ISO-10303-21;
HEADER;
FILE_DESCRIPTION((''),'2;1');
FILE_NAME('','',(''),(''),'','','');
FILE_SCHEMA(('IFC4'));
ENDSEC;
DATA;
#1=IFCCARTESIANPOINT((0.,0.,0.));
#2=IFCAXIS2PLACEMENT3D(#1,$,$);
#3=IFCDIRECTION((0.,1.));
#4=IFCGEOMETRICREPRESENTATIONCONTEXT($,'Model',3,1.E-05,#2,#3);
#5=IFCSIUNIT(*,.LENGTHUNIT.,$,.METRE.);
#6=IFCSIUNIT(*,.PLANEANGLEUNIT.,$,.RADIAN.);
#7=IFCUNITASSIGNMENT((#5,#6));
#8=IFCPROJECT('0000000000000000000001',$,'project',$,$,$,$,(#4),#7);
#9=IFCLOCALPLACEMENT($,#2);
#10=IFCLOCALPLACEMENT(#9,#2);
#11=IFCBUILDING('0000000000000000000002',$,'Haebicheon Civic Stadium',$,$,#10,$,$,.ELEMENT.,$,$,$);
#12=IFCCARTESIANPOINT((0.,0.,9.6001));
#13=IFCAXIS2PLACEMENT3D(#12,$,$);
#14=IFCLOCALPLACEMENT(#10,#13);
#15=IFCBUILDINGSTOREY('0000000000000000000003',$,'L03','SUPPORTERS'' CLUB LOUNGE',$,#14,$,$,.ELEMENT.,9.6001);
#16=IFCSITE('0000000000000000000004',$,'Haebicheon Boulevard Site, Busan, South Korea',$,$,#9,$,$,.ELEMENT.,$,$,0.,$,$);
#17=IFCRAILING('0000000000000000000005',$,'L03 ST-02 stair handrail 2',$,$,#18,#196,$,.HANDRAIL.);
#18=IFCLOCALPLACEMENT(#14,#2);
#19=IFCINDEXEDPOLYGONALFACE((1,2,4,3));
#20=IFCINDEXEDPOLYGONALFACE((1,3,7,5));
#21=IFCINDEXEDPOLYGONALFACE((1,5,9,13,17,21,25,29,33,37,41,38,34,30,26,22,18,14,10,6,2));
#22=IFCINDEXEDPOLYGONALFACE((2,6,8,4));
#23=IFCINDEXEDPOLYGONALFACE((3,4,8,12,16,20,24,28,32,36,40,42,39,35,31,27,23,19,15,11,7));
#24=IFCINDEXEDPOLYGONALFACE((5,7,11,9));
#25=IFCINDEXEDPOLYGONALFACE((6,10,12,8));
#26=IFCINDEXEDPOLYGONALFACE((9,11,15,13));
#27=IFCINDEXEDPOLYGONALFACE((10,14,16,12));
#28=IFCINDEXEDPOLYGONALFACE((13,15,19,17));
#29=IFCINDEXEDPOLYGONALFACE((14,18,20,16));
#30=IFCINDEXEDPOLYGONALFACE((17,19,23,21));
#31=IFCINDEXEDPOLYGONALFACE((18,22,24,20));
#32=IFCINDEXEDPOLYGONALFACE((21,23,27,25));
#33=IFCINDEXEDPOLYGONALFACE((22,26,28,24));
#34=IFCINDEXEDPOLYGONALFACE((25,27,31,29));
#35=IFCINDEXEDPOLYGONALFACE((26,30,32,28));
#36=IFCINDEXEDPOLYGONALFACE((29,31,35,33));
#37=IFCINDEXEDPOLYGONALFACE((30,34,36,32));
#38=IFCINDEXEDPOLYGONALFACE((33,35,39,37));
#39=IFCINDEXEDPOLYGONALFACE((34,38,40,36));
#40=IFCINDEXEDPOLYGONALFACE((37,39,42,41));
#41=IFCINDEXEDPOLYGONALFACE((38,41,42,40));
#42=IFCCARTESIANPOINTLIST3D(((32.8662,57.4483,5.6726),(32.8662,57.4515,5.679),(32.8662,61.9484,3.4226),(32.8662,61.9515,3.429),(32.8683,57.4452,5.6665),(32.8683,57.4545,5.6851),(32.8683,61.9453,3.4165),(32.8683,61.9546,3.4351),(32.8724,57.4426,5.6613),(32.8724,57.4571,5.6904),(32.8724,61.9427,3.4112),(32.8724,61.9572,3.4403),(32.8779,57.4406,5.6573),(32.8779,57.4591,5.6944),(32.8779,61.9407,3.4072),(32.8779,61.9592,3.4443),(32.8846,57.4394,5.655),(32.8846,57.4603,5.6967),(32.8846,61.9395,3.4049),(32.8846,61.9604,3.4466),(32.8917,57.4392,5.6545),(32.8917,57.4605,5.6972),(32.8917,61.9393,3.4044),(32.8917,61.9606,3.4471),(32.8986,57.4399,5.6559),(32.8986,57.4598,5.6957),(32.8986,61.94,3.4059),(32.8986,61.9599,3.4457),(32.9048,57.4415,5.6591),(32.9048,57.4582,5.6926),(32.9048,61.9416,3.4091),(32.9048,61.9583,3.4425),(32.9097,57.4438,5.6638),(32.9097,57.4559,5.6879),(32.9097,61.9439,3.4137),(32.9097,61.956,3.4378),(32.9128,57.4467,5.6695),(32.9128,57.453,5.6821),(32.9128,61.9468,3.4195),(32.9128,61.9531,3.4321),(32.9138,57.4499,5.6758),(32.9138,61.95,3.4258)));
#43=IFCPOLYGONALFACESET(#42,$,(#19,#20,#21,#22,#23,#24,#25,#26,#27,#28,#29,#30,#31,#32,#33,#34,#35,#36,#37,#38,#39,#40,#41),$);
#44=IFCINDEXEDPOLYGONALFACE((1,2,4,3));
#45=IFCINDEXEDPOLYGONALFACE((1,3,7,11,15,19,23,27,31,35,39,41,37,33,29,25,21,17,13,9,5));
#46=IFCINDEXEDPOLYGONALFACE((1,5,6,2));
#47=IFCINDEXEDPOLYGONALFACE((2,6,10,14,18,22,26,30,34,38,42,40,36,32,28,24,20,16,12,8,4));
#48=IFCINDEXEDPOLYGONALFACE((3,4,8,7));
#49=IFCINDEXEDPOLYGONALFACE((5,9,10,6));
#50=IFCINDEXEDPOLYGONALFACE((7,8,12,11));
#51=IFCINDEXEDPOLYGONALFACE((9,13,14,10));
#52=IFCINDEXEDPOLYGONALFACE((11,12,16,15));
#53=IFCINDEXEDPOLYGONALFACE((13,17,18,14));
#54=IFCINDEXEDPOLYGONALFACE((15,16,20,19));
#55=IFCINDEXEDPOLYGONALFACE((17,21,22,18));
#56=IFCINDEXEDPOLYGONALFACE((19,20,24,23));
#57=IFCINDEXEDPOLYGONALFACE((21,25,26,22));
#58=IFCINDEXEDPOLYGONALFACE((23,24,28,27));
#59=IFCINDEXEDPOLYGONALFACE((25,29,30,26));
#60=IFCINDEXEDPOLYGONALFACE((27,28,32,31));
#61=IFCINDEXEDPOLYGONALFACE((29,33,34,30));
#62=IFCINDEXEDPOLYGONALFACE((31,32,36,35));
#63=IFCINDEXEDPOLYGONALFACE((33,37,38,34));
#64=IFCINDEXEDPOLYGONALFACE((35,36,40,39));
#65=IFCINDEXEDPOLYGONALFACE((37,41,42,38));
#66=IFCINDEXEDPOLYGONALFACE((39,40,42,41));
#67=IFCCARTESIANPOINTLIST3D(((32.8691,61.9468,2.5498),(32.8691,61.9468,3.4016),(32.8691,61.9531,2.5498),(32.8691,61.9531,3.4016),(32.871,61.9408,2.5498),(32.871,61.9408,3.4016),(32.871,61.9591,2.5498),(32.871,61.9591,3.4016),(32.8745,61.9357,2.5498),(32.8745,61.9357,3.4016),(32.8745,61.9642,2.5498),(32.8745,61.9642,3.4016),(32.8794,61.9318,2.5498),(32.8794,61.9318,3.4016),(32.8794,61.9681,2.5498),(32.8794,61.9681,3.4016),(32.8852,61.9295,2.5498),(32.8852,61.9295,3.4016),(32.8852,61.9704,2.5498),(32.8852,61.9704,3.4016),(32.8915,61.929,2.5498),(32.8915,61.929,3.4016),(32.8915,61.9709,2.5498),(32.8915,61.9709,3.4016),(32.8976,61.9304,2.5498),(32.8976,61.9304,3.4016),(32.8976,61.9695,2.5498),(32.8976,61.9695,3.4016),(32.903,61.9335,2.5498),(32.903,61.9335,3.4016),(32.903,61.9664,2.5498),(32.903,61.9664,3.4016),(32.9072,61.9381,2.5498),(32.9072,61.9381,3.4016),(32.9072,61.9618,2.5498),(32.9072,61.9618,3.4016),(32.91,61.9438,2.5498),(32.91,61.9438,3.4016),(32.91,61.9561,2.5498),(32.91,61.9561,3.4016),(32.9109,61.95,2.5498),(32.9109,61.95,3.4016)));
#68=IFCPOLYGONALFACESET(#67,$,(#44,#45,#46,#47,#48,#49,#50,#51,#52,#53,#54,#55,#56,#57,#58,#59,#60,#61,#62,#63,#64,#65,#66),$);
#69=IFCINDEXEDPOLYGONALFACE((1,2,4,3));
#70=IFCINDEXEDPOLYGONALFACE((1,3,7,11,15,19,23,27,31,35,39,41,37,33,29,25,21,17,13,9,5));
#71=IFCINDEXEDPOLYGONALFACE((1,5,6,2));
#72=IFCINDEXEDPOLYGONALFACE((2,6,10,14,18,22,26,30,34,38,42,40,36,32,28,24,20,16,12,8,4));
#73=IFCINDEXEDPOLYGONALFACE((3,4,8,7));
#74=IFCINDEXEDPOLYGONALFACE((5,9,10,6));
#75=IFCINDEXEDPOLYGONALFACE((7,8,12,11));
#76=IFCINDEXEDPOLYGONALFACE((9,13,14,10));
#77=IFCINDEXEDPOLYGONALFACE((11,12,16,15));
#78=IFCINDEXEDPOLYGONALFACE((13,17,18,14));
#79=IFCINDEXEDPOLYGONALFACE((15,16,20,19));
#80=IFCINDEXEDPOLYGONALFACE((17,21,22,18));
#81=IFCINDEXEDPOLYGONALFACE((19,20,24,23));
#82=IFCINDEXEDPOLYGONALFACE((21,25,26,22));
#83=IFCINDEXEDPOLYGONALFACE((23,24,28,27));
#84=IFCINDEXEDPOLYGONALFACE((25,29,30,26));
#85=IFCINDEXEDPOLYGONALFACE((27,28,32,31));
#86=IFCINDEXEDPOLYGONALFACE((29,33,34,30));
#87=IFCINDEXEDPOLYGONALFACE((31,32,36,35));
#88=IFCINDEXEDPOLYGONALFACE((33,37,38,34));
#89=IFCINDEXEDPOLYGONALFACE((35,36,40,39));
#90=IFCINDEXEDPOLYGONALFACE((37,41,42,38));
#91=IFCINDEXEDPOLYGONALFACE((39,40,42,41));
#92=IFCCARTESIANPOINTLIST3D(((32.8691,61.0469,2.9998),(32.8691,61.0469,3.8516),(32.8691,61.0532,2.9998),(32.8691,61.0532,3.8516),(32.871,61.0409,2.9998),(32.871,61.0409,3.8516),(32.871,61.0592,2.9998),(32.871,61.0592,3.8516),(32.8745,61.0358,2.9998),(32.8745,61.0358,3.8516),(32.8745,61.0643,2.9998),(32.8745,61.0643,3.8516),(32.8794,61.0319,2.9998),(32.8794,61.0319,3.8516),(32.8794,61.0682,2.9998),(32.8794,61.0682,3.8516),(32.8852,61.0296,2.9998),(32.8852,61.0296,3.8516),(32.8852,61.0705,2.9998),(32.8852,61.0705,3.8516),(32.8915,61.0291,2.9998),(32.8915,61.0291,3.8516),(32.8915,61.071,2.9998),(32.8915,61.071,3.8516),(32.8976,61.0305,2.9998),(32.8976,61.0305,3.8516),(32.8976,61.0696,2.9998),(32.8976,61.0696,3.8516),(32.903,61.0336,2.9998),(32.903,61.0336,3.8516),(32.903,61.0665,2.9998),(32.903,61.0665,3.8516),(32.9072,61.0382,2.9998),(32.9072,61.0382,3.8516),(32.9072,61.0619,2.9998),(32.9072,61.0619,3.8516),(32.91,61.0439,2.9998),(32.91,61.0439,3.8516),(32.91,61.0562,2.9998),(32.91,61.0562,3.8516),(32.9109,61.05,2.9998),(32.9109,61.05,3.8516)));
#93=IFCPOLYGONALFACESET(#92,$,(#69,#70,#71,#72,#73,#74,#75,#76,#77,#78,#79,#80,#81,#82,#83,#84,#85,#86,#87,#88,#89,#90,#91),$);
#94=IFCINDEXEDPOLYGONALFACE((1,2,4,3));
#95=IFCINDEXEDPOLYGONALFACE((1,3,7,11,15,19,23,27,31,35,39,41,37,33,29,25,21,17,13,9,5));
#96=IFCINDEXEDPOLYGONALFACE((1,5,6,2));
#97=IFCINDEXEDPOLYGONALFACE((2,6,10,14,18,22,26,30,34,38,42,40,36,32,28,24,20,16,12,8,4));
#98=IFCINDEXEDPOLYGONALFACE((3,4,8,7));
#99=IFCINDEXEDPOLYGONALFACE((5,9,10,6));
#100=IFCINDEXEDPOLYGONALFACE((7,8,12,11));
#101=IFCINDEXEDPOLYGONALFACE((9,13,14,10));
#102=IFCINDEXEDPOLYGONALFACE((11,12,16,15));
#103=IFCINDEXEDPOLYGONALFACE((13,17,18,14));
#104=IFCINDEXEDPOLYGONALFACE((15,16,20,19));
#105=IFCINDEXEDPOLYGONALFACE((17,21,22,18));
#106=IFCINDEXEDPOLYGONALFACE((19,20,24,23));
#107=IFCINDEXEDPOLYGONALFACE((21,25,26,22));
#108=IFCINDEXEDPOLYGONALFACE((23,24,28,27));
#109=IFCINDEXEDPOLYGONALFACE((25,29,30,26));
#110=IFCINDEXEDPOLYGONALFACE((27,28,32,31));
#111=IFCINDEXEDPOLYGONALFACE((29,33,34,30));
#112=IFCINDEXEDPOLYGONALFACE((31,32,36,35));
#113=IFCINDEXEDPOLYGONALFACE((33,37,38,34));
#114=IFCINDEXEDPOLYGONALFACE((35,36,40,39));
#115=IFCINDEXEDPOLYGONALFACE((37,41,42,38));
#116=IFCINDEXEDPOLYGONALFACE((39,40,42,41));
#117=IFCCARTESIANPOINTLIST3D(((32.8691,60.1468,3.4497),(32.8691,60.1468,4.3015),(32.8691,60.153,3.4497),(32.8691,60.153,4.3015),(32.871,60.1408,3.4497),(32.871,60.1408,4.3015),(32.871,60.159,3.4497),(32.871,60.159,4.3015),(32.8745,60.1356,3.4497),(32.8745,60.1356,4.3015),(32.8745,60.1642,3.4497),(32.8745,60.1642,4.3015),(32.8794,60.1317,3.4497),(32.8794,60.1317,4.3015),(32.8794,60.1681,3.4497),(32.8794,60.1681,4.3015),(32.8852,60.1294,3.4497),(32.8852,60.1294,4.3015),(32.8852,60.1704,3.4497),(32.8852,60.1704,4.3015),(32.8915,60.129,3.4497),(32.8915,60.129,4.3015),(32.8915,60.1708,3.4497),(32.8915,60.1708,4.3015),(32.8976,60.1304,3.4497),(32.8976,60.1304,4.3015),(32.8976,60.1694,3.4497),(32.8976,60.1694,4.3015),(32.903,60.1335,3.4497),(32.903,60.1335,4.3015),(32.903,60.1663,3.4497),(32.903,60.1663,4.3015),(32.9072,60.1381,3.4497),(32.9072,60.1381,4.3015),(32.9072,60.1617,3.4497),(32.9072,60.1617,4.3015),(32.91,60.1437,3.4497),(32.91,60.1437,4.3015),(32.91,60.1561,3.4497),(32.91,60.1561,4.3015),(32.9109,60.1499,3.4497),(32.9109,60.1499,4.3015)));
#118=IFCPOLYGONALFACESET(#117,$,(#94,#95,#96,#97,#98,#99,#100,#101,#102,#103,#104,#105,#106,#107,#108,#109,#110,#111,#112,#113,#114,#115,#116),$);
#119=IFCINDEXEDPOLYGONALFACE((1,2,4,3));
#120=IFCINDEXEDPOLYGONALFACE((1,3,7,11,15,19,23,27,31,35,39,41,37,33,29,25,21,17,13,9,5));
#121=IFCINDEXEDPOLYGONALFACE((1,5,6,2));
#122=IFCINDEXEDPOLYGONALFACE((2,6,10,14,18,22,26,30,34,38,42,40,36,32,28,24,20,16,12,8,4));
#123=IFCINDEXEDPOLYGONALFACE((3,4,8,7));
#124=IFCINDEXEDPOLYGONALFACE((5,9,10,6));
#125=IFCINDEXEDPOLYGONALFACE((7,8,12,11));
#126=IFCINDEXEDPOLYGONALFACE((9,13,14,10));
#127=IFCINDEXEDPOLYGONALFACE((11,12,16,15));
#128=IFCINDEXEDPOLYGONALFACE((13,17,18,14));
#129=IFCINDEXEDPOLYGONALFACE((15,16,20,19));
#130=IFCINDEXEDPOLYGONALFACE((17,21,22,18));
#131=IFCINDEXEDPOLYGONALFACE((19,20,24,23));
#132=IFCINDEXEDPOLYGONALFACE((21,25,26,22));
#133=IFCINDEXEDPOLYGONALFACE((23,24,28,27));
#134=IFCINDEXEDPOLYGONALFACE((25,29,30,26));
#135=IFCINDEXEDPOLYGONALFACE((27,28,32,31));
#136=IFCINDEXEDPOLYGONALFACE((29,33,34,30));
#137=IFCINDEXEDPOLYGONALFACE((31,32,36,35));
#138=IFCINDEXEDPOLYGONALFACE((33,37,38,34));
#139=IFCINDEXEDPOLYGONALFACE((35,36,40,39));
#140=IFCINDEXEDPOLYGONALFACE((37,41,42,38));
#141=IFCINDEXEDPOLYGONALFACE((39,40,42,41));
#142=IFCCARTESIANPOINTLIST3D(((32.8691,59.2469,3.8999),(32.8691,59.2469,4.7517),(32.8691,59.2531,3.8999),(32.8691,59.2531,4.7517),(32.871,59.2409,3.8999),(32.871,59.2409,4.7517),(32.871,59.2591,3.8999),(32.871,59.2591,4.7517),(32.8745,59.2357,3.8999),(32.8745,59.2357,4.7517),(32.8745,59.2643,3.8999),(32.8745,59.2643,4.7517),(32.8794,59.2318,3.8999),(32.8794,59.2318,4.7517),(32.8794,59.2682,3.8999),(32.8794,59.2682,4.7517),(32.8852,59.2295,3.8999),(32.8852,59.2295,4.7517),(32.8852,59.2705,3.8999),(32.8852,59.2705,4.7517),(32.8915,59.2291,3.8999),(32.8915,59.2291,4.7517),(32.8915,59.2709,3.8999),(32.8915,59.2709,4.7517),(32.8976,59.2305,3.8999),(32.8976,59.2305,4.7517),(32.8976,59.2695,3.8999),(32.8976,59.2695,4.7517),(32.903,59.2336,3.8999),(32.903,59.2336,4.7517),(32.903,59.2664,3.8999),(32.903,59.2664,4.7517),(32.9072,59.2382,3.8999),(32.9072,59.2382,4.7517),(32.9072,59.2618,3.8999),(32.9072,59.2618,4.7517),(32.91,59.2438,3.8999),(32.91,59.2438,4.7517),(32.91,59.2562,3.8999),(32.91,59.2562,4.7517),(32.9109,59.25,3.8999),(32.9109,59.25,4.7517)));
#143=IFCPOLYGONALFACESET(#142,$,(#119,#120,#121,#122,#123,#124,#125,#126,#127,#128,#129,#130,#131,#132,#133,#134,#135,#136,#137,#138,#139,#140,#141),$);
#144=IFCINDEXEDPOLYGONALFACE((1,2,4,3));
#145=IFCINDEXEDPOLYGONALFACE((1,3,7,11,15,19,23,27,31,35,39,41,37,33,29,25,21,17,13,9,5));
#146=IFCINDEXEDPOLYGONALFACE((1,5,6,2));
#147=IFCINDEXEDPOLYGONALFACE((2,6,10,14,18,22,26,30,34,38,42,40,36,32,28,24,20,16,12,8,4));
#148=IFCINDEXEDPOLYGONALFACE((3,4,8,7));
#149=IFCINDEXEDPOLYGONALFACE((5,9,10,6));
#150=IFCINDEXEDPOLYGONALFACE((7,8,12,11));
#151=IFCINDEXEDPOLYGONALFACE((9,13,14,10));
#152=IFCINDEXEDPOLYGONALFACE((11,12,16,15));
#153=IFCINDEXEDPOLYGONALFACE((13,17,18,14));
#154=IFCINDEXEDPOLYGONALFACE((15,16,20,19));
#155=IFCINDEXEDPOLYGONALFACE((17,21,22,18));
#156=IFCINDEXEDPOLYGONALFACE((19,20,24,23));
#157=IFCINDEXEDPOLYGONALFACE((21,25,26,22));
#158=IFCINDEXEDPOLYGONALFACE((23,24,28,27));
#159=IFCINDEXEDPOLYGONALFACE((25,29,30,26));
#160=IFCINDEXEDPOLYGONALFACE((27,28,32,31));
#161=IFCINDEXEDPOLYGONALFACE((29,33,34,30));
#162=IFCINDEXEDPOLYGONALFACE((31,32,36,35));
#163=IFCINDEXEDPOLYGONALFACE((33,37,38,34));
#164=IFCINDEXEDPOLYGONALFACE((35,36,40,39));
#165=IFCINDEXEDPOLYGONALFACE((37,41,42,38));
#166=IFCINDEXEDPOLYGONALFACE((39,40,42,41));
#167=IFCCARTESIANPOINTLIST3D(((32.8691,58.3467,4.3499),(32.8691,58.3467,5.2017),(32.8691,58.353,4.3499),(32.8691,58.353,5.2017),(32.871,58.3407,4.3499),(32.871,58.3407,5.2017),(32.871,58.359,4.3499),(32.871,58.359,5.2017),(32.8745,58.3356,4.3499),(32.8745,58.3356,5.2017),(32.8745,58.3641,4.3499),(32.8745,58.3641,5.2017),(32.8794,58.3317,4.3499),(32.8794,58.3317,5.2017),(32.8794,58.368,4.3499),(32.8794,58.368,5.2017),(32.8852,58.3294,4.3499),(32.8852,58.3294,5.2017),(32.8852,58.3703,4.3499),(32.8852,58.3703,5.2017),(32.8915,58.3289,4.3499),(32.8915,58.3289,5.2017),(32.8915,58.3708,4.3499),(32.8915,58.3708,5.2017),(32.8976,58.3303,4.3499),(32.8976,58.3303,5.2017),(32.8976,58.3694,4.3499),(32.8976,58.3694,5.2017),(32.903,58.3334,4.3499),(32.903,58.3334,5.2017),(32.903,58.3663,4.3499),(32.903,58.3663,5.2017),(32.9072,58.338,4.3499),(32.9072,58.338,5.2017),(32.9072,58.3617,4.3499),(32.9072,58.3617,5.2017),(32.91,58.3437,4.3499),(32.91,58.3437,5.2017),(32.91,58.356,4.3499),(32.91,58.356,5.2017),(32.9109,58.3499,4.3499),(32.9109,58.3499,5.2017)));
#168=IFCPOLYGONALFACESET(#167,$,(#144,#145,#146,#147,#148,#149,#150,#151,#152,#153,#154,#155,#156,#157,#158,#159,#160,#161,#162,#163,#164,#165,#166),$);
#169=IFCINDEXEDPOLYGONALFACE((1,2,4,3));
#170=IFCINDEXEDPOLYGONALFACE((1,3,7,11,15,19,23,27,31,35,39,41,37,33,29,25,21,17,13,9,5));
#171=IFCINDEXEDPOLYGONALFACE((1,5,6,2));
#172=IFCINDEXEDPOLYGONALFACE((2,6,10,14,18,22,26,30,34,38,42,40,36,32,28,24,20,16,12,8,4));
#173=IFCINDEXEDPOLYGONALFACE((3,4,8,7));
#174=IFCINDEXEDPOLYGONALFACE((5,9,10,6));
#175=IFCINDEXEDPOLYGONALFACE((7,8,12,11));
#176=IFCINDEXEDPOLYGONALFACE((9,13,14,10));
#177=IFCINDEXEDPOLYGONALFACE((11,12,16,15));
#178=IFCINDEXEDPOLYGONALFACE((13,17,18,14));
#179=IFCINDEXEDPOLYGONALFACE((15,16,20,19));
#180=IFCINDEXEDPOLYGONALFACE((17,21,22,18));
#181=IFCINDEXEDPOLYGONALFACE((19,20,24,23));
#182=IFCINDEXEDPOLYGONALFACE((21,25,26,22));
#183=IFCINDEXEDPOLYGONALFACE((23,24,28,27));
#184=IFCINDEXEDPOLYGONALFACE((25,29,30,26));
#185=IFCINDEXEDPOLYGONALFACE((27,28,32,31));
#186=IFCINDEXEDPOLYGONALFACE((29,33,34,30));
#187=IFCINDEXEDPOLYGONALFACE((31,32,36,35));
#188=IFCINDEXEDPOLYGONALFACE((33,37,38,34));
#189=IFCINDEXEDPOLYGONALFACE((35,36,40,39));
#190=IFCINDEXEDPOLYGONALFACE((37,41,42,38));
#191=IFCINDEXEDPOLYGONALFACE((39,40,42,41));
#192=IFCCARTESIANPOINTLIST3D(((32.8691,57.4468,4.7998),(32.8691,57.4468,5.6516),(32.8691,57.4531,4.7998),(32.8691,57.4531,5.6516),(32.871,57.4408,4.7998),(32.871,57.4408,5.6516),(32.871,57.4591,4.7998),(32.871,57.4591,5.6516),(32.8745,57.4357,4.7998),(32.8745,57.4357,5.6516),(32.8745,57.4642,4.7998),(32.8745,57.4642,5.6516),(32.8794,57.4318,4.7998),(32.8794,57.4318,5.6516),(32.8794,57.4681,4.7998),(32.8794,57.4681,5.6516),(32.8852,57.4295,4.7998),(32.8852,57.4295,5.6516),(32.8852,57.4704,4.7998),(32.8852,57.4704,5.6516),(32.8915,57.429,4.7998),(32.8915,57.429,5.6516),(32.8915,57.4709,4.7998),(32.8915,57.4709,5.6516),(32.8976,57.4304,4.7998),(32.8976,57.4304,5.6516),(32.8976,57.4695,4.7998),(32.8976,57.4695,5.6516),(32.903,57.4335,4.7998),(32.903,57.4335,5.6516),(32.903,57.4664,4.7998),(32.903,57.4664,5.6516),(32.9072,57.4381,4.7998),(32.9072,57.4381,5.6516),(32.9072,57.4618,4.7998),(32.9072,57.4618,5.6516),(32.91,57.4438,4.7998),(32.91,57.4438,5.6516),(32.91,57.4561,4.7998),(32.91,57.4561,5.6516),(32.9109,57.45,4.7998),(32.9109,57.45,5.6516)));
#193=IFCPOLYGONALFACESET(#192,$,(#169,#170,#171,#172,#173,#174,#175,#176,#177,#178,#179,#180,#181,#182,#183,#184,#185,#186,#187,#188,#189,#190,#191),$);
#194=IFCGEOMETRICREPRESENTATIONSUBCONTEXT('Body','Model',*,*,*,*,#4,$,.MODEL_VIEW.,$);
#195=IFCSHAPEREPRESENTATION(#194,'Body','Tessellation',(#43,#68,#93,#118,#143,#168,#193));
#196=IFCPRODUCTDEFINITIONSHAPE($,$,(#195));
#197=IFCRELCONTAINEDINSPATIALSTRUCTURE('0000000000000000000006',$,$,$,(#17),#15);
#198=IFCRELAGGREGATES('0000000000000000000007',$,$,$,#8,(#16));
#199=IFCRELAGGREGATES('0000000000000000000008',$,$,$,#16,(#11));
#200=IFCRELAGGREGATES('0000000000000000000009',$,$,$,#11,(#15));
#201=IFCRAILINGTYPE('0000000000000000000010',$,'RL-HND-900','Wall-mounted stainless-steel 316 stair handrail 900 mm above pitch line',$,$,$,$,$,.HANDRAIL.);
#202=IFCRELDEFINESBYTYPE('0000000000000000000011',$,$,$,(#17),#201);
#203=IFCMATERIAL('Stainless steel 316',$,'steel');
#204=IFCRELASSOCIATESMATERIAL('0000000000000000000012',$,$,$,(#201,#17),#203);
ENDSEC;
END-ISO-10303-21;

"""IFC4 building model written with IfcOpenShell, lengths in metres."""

from ifc_helpers import new_model, si_unit, direction, frame, origin, origin_2d, place, context, subcontext, project, spatial, circle, extrude, material, type_object, element, save


model = new_model("IFC4")

# Units and contexts
model_context = context("Model", 3, precision=1e-05, world=origin(), true_north=direction((0.0, 1.0)))
body_context = subcontext(model_context, "Body", "Model", "MODEL_VIEW")
ifc_project = project(units=[si_unit("LENGTHUNIT", "METRE"), si_unit("PLANEANGLEUNIT", "RADIAN")], contexts=[model_context])

# Site, building, storey
site_placement = place(None, origin())
site = spatial("IfcSite", under=ifc_project, at=site_placement, Name="Haebicheon Boulevard Site, Busan, South Korea", CompositionType="ELEMENT", RefElevation=0.0)
building_placement = place(site_placement, origin())
building = spatial("IfcBuilding", under=site, at=building_placement, Name="Haebicheon Civic Stadium", CompositionType="ELEMENT")
storey_placement = place(building_placement, frame((0.0, 0.0, 9.6001)))
storey = spatial("IfcBuildingStorey", under=building, at=storey_placement, Name="L03", Description="SUPPORTERS' CLUB LOUNGE", CompositionType="ELEMENT", Elevation=9.6001)

# Railing
ifc_material_1 = material(Name="Stainless steel 316", Category="steel")
railing_type_1 = type_object("IfcRailingType", Name="RL-HND-900", Description="Wall-mounted stainless-steel 316 stair handrail 900 mm above pitch line", PredefinedType="HANDRAIL", material=ifc_material_1)
railing_1_placement = place(storey_placement, frame((32.8899, 61.95, 2.5498)))
element("IfcRailing", 1, at=railing_1_placement, inside=storey, type_object=railing_type_1, material=ifc_material_1, Name="L03 ST-02 stair handrail 2", PredefinedType="HANDRAIL", context=body_context, shape_type="SweptSolid", body=[
    extrude(circle(Radius=0.0239, at=origin_2d()), frame((0.0, 0.0, 0.876), z_axis=(0.0, -0.894427, 0.447214), x_axis=(1.0, 0.0, 0.0)), (0.0, 0.0, 1.0), 5.0312),
    extrude(circle(Radius=0.021, at=origin_2d()), origin(), (0.0, 0.0, 1.0), 0.8518),
    extrude(circle(Radius=0.021, at=origin_2d()), frame((0.0, -0.8999, 0.45)), (0.0, 0.0, 1.0), 0.8518),
    extrude(circle(Radius=0.021, at=origin_2d()), frame((0.0, -1.8, 0.8999)), (0.0, 0.0, 1.0), 0.8518),
    extrude(circle(Radius=0.021, at=origin_2d()), frame((0.0, -2.7, 1.3501)), (0.0, 0.0, 1.0), 0.8518),
    extrude(circle(Radius=0.021, at=origin_2d()), frame((0.0, -3.6001, 1.8)), (0.0, 0.0, 1.0), 0.8518),
    extrude(circle(Radius=0.021, at=origin_2d()), frame((0.0, -4.5, 2.25)), (0.0, 0.0, 1.0), 0.8518),
])

save(model, "model.ifc")
